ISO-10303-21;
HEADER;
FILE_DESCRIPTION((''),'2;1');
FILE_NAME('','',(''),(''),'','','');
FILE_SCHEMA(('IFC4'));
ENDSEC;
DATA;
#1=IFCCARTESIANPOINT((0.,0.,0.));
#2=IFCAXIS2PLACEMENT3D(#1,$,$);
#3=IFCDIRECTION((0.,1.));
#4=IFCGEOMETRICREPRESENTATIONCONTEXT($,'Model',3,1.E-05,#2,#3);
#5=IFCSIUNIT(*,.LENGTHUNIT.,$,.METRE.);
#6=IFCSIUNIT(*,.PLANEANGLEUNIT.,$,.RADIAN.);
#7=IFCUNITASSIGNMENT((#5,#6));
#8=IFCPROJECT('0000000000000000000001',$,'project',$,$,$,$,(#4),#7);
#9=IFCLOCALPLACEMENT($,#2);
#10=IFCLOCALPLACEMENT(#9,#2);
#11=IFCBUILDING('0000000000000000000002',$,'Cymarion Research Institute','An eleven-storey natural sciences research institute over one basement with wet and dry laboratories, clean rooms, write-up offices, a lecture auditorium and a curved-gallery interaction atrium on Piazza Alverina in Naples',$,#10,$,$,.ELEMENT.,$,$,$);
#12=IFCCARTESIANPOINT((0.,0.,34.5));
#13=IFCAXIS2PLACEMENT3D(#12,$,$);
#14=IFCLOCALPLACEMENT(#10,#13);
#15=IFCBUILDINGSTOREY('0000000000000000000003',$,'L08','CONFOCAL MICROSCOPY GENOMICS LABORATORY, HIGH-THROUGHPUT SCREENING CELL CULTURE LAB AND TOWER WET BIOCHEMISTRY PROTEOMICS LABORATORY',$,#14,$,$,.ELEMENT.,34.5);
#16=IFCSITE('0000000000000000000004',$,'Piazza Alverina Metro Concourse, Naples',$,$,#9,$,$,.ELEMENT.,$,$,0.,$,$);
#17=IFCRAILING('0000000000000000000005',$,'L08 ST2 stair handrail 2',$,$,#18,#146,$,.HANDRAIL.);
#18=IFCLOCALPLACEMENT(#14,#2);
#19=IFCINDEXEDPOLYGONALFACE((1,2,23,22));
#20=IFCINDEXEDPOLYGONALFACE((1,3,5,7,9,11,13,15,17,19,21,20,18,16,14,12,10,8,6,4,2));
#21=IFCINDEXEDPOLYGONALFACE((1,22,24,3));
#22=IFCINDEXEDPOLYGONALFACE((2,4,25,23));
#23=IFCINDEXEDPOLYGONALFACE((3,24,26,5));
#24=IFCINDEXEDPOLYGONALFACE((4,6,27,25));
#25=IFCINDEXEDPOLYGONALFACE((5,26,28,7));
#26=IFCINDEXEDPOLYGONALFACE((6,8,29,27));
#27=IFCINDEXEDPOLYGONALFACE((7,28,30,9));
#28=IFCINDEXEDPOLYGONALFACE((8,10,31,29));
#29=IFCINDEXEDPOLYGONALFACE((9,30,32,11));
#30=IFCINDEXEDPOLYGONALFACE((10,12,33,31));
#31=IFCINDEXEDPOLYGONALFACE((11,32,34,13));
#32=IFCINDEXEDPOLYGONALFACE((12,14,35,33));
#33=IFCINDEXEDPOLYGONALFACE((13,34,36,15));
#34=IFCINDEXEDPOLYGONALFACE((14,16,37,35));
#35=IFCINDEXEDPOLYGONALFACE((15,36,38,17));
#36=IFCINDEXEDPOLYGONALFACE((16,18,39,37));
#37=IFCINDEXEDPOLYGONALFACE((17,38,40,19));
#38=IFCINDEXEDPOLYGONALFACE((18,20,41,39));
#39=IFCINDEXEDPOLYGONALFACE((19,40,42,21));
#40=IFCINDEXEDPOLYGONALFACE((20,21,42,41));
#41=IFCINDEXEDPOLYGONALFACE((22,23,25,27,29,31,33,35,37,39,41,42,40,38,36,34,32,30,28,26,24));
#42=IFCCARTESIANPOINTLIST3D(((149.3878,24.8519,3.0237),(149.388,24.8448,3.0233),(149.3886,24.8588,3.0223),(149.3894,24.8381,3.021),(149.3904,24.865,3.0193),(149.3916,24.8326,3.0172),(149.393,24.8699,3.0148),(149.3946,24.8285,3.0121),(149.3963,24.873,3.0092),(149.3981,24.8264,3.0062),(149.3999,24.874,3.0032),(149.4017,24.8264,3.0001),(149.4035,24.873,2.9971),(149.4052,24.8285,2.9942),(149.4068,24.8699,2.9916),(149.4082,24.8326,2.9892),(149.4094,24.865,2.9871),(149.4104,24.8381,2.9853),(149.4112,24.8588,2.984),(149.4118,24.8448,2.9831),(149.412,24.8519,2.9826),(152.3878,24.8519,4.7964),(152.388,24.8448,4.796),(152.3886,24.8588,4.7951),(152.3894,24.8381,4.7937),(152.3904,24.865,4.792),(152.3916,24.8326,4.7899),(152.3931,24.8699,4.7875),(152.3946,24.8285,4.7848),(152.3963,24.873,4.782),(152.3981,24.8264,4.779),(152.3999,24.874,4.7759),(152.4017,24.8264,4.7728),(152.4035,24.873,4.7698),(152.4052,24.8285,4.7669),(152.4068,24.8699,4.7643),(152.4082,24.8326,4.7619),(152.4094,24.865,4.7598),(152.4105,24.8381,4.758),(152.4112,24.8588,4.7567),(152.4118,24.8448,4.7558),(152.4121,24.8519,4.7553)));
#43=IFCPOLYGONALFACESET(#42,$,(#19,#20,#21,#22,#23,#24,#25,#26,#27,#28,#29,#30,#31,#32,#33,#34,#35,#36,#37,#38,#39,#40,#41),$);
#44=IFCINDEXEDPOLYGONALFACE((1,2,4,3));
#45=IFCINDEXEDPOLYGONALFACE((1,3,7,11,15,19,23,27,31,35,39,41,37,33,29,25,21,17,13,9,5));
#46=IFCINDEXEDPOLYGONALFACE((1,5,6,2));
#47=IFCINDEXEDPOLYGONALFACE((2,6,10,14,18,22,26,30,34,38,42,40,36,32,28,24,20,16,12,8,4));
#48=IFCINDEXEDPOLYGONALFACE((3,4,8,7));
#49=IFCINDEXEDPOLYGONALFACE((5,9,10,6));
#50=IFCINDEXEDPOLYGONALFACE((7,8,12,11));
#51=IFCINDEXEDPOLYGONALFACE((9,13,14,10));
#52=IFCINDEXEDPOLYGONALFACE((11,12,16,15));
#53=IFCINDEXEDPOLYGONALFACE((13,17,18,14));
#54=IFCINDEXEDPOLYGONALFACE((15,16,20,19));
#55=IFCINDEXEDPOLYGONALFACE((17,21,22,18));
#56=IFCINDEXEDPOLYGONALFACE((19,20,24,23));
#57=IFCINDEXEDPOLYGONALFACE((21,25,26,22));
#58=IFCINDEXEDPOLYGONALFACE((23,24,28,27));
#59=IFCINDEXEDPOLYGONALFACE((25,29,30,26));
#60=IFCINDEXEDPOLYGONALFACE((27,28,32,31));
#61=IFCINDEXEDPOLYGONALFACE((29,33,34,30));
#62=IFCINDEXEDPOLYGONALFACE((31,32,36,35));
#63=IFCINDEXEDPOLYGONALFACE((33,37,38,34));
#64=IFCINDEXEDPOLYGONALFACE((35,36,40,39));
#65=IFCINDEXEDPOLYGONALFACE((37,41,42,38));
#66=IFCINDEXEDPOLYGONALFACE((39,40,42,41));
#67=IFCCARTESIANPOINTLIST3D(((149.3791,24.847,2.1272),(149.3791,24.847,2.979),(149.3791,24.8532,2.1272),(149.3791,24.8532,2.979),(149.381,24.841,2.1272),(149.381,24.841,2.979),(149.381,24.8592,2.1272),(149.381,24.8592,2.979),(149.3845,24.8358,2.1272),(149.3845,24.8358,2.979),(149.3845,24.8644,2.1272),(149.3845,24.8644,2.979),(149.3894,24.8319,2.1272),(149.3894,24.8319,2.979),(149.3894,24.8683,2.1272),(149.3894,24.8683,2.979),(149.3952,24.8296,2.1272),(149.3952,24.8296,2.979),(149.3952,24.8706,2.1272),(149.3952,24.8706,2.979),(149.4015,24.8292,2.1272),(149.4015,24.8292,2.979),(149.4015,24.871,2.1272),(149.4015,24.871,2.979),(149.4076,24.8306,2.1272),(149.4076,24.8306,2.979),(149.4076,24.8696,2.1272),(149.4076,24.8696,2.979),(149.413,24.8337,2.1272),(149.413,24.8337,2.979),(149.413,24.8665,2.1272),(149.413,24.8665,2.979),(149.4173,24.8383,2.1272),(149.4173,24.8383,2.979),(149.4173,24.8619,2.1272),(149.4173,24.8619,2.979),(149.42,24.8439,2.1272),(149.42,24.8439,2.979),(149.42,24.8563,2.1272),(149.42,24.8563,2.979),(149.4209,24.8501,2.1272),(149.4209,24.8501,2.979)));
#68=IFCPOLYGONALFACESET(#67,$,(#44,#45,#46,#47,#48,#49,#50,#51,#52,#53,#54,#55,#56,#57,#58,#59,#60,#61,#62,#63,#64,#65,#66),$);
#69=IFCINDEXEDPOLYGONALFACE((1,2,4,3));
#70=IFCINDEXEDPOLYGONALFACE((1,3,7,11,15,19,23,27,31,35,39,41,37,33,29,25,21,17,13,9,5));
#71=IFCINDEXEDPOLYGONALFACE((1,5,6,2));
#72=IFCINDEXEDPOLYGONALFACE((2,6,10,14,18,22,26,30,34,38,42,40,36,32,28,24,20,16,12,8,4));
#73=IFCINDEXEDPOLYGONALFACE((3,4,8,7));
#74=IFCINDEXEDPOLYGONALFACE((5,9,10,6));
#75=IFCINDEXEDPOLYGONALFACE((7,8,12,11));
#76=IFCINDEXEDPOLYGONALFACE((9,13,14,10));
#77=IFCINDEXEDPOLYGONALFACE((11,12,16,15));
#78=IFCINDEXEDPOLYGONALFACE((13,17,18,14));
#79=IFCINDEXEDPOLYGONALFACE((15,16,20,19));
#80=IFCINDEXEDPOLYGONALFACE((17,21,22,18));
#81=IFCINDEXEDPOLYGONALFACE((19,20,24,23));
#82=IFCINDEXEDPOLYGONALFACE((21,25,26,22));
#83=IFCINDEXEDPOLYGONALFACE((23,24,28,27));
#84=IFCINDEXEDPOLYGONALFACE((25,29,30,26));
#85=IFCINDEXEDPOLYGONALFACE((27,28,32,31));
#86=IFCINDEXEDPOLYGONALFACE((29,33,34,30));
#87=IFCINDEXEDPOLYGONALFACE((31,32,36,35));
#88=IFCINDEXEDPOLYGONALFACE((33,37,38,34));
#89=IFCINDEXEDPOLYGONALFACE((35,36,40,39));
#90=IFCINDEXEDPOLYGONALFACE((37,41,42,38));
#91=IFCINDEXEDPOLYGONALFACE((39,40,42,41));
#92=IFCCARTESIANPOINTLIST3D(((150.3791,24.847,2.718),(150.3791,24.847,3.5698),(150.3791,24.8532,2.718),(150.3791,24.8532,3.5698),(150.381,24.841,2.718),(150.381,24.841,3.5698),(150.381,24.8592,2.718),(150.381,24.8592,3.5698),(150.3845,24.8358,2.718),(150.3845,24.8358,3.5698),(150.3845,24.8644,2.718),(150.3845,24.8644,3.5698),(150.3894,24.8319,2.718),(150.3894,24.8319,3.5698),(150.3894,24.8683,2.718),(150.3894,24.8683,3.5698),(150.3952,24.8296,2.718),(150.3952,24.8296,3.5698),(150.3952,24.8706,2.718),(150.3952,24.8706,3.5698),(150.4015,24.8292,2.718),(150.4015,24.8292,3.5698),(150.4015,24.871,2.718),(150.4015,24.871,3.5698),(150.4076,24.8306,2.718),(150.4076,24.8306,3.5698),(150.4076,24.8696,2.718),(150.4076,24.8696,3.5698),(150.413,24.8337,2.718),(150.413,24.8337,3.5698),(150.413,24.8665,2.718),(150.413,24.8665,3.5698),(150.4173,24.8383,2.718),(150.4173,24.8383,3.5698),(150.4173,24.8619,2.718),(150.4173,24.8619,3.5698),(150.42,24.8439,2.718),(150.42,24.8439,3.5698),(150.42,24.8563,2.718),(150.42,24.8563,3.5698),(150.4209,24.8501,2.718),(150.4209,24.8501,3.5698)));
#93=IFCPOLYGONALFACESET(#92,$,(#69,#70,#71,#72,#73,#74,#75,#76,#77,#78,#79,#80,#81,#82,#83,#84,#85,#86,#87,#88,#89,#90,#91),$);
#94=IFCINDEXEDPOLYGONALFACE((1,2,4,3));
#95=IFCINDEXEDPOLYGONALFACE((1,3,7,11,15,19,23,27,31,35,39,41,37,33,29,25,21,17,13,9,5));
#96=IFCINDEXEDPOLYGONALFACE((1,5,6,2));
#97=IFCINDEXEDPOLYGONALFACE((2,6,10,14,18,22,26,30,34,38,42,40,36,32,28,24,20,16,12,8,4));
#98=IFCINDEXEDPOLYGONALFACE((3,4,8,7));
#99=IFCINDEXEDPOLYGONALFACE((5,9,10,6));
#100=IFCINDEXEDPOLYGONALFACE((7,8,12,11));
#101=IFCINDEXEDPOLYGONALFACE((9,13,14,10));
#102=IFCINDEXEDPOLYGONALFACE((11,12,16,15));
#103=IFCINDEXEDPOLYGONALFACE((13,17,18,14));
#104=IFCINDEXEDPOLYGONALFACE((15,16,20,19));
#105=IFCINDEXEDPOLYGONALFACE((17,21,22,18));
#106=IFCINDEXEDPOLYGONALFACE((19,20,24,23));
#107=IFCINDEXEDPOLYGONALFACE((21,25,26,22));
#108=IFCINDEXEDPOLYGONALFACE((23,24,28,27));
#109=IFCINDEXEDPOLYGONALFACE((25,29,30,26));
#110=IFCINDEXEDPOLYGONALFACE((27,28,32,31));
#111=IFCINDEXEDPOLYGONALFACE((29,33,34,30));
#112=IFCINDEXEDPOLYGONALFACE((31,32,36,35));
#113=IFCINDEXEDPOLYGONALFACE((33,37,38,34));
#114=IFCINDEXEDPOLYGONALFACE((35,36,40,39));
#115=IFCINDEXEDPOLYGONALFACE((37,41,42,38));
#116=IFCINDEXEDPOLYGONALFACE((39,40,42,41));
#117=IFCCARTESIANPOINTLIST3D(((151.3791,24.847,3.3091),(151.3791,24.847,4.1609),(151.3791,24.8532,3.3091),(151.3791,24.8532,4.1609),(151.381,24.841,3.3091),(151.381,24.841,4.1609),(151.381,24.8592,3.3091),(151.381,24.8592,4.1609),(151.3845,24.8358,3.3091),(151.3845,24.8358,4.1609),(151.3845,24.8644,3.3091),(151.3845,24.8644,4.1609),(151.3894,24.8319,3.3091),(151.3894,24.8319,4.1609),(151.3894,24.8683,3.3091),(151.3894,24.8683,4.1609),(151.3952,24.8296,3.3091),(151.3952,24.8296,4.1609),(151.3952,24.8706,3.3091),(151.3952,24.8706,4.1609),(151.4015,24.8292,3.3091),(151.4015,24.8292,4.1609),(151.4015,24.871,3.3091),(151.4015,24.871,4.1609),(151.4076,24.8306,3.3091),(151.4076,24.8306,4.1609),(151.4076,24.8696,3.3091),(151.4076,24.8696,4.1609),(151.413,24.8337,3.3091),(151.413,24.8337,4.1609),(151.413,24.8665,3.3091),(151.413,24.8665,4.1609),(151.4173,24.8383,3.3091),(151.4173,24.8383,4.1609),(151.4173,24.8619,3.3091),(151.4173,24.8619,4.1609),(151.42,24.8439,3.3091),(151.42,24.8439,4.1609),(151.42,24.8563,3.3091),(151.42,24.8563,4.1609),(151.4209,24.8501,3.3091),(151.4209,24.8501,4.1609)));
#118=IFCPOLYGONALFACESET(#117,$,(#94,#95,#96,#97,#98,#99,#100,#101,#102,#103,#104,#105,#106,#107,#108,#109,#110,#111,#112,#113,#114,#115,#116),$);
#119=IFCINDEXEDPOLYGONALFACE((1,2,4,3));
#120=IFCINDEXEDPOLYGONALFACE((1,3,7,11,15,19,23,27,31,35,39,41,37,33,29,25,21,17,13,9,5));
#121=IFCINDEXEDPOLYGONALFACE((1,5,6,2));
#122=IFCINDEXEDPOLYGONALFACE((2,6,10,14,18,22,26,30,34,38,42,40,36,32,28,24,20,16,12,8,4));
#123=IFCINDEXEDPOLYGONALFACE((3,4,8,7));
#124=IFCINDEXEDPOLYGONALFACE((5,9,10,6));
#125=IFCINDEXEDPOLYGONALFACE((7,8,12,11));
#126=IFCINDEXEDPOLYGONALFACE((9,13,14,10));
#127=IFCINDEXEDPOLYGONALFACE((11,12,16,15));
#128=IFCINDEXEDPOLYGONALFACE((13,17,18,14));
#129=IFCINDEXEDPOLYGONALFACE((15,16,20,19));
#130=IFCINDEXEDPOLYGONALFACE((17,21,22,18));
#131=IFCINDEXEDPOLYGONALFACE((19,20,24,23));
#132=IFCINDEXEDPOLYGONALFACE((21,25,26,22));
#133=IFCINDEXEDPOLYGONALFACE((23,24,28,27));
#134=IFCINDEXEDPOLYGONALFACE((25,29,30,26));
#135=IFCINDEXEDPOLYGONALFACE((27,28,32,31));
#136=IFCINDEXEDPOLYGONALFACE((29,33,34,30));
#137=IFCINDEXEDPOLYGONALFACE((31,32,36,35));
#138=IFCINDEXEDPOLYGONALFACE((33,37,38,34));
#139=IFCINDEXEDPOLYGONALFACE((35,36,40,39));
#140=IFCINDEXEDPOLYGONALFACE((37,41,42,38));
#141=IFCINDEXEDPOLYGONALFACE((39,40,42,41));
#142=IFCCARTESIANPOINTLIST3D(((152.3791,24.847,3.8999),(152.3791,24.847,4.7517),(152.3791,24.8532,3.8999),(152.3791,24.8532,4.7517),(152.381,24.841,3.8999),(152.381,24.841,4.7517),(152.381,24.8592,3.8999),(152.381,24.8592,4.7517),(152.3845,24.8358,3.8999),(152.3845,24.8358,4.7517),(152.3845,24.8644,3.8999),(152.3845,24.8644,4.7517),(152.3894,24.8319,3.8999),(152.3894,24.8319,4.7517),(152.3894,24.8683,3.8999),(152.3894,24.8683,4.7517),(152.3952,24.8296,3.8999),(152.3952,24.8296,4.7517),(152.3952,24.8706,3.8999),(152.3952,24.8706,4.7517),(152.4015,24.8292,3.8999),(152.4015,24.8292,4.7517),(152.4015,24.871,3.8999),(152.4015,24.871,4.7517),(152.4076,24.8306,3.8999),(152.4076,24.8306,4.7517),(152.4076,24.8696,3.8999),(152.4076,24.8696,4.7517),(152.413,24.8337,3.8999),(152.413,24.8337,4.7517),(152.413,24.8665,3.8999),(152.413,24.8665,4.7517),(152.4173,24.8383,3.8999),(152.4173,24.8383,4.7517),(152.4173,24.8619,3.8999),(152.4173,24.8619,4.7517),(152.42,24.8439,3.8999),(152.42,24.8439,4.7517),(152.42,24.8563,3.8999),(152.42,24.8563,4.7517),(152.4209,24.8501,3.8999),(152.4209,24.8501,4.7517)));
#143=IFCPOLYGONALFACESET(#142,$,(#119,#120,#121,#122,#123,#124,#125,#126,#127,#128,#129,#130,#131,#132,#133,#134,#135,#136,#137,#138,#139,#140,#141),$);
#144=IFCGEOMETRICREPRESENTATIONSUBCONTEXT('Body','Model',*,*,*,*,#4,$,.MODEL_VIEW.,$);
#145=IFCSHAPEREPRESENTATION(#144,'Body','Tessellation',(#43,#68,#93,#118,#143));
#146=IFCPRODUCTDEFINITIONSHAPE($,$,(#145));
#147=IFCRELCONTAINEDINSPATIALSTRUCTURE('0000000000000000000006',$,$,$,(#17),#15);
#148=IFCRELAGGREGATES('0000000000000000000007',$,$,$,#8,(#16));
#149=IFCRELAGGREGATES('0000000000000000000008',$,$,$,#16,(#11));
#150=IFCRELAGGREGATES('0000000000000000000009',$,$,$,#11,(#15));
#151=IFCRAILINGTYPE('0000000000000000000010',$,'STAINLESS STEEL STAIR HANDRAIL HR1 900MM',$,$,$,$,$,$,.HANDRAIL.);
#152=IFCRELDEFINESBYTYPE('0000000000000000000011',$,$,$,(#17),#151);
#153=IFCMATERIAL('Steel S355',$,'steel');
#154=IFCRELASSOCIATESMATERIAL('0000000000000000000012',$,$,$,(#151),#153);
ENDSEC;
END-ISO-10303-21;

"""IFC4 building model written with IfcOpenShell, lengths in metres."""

from ifc_helpers import new_model, si_unit, direction, frame, origin, origin_2d, place, context, subcontext, project, spatial, circle, extrude, material, type_object, element, save


model = new_model("IFC4")

# Units and contexts
model_context = context("Model", 3, precision=1e-05, world=origin(), true_north=direction((0.0, 1.0)))
body_context = subcontext(model_context, "Body", "Model", "MODEL_VIEW")
ifc_project = project(units=[si_unit("LENGTHUNIT", "METRE"), si_unit("PLANEANGLEUNIT", "RADIAN")], contexts=[model_context])

# Site, building, storey
site_placement = place(None, origin())
site = spatial("IfcSite", under=ifc_project, at=site_placement, Name="Piazza Alverina Metro Concourse, Naples", CompositionType="ELEMENT", RefElevation=0.0)
building_placement = place(site_placement, origin())
building = spatial("IfcBuilding", under=site, at=building_placement, Name="Cymarion Research Institute", Description="An eleven-storey natural sciences research institute over one basement with wet and dry laboratories, clean rooms, write-up offices, a lecture auditorium and a curved-gallery interaction atrium on Piazza Alverina in Naples", CompositionType="ELEMENT")
storey_placement = place(building_placement, frame((0.0, 0.0, 34.5)))
storey = spatial("IfcBuildingStorey", under=building, at=storey_placement, Name="L08", Description="CONFOCAL MICROSCOPY GENOMICS LABORATORY, HIGH-THROUGHPUT SCREENING CELL CULTURE LAB AND TOWER WET BIOCHEMISTRY PROTEOMICS LABORATORY", CompositionType="ELEMENT", Elevation=34.5)

# Railing
ifc_material_1 = material(Name="Steel S355", Category="steel")
railing_type_1 = type_object("IfcRailingType", Name="STAINLESS STEEL STAIR HANDRAIL HR1 900MM", PredefinedType="HANDRAIL", material=ifc_material_1)
railing_1_placement = place(storey_placement, frame((149.3999, 24.8501, 2.1272)))
element("IfcRailing", 1, at=railing_1_placement, inside=storey, type_object=railing_type_1, Name="L08 ST2 stair handrail 2", PredefinedType="HANDRAIL", context=body_context, shape_type="SweptSolid", body=[
    extrude(circle(Radius=0.0239, at=origin_2d()), frame((0.0, 0.0, 0.876), z_axis=(0.860929, 0.0, 0.508725), x_axis=(0.0, 1.0, 0.0)), (0.0, 0.0, 1.0), 3.4846),
    extrude(circle(Radius=0.021, at=origin_2d()), origin(), (0.0, 0.0, 1.0), 0.8518),
    extrude(circle(Radius=0.021, at=origin_2d()), frame((1.0, 0.0, 0.5908)), (0.0, 0.0, 1.0), 0.8518),
    extrude(circle(Radius=0.021, at=origin_2d()), frame((2.0, 0.0, 1.1819)), (0.0, 0.0, 1.0), 0.8518),
    extrude(circle(Radius=0.021, at=origin_2d()), frame((3.0, 0.0, 1.7727)), (0.0, 0.0, 1.0), 0.8518),
])

save(model, "model.ifc")
